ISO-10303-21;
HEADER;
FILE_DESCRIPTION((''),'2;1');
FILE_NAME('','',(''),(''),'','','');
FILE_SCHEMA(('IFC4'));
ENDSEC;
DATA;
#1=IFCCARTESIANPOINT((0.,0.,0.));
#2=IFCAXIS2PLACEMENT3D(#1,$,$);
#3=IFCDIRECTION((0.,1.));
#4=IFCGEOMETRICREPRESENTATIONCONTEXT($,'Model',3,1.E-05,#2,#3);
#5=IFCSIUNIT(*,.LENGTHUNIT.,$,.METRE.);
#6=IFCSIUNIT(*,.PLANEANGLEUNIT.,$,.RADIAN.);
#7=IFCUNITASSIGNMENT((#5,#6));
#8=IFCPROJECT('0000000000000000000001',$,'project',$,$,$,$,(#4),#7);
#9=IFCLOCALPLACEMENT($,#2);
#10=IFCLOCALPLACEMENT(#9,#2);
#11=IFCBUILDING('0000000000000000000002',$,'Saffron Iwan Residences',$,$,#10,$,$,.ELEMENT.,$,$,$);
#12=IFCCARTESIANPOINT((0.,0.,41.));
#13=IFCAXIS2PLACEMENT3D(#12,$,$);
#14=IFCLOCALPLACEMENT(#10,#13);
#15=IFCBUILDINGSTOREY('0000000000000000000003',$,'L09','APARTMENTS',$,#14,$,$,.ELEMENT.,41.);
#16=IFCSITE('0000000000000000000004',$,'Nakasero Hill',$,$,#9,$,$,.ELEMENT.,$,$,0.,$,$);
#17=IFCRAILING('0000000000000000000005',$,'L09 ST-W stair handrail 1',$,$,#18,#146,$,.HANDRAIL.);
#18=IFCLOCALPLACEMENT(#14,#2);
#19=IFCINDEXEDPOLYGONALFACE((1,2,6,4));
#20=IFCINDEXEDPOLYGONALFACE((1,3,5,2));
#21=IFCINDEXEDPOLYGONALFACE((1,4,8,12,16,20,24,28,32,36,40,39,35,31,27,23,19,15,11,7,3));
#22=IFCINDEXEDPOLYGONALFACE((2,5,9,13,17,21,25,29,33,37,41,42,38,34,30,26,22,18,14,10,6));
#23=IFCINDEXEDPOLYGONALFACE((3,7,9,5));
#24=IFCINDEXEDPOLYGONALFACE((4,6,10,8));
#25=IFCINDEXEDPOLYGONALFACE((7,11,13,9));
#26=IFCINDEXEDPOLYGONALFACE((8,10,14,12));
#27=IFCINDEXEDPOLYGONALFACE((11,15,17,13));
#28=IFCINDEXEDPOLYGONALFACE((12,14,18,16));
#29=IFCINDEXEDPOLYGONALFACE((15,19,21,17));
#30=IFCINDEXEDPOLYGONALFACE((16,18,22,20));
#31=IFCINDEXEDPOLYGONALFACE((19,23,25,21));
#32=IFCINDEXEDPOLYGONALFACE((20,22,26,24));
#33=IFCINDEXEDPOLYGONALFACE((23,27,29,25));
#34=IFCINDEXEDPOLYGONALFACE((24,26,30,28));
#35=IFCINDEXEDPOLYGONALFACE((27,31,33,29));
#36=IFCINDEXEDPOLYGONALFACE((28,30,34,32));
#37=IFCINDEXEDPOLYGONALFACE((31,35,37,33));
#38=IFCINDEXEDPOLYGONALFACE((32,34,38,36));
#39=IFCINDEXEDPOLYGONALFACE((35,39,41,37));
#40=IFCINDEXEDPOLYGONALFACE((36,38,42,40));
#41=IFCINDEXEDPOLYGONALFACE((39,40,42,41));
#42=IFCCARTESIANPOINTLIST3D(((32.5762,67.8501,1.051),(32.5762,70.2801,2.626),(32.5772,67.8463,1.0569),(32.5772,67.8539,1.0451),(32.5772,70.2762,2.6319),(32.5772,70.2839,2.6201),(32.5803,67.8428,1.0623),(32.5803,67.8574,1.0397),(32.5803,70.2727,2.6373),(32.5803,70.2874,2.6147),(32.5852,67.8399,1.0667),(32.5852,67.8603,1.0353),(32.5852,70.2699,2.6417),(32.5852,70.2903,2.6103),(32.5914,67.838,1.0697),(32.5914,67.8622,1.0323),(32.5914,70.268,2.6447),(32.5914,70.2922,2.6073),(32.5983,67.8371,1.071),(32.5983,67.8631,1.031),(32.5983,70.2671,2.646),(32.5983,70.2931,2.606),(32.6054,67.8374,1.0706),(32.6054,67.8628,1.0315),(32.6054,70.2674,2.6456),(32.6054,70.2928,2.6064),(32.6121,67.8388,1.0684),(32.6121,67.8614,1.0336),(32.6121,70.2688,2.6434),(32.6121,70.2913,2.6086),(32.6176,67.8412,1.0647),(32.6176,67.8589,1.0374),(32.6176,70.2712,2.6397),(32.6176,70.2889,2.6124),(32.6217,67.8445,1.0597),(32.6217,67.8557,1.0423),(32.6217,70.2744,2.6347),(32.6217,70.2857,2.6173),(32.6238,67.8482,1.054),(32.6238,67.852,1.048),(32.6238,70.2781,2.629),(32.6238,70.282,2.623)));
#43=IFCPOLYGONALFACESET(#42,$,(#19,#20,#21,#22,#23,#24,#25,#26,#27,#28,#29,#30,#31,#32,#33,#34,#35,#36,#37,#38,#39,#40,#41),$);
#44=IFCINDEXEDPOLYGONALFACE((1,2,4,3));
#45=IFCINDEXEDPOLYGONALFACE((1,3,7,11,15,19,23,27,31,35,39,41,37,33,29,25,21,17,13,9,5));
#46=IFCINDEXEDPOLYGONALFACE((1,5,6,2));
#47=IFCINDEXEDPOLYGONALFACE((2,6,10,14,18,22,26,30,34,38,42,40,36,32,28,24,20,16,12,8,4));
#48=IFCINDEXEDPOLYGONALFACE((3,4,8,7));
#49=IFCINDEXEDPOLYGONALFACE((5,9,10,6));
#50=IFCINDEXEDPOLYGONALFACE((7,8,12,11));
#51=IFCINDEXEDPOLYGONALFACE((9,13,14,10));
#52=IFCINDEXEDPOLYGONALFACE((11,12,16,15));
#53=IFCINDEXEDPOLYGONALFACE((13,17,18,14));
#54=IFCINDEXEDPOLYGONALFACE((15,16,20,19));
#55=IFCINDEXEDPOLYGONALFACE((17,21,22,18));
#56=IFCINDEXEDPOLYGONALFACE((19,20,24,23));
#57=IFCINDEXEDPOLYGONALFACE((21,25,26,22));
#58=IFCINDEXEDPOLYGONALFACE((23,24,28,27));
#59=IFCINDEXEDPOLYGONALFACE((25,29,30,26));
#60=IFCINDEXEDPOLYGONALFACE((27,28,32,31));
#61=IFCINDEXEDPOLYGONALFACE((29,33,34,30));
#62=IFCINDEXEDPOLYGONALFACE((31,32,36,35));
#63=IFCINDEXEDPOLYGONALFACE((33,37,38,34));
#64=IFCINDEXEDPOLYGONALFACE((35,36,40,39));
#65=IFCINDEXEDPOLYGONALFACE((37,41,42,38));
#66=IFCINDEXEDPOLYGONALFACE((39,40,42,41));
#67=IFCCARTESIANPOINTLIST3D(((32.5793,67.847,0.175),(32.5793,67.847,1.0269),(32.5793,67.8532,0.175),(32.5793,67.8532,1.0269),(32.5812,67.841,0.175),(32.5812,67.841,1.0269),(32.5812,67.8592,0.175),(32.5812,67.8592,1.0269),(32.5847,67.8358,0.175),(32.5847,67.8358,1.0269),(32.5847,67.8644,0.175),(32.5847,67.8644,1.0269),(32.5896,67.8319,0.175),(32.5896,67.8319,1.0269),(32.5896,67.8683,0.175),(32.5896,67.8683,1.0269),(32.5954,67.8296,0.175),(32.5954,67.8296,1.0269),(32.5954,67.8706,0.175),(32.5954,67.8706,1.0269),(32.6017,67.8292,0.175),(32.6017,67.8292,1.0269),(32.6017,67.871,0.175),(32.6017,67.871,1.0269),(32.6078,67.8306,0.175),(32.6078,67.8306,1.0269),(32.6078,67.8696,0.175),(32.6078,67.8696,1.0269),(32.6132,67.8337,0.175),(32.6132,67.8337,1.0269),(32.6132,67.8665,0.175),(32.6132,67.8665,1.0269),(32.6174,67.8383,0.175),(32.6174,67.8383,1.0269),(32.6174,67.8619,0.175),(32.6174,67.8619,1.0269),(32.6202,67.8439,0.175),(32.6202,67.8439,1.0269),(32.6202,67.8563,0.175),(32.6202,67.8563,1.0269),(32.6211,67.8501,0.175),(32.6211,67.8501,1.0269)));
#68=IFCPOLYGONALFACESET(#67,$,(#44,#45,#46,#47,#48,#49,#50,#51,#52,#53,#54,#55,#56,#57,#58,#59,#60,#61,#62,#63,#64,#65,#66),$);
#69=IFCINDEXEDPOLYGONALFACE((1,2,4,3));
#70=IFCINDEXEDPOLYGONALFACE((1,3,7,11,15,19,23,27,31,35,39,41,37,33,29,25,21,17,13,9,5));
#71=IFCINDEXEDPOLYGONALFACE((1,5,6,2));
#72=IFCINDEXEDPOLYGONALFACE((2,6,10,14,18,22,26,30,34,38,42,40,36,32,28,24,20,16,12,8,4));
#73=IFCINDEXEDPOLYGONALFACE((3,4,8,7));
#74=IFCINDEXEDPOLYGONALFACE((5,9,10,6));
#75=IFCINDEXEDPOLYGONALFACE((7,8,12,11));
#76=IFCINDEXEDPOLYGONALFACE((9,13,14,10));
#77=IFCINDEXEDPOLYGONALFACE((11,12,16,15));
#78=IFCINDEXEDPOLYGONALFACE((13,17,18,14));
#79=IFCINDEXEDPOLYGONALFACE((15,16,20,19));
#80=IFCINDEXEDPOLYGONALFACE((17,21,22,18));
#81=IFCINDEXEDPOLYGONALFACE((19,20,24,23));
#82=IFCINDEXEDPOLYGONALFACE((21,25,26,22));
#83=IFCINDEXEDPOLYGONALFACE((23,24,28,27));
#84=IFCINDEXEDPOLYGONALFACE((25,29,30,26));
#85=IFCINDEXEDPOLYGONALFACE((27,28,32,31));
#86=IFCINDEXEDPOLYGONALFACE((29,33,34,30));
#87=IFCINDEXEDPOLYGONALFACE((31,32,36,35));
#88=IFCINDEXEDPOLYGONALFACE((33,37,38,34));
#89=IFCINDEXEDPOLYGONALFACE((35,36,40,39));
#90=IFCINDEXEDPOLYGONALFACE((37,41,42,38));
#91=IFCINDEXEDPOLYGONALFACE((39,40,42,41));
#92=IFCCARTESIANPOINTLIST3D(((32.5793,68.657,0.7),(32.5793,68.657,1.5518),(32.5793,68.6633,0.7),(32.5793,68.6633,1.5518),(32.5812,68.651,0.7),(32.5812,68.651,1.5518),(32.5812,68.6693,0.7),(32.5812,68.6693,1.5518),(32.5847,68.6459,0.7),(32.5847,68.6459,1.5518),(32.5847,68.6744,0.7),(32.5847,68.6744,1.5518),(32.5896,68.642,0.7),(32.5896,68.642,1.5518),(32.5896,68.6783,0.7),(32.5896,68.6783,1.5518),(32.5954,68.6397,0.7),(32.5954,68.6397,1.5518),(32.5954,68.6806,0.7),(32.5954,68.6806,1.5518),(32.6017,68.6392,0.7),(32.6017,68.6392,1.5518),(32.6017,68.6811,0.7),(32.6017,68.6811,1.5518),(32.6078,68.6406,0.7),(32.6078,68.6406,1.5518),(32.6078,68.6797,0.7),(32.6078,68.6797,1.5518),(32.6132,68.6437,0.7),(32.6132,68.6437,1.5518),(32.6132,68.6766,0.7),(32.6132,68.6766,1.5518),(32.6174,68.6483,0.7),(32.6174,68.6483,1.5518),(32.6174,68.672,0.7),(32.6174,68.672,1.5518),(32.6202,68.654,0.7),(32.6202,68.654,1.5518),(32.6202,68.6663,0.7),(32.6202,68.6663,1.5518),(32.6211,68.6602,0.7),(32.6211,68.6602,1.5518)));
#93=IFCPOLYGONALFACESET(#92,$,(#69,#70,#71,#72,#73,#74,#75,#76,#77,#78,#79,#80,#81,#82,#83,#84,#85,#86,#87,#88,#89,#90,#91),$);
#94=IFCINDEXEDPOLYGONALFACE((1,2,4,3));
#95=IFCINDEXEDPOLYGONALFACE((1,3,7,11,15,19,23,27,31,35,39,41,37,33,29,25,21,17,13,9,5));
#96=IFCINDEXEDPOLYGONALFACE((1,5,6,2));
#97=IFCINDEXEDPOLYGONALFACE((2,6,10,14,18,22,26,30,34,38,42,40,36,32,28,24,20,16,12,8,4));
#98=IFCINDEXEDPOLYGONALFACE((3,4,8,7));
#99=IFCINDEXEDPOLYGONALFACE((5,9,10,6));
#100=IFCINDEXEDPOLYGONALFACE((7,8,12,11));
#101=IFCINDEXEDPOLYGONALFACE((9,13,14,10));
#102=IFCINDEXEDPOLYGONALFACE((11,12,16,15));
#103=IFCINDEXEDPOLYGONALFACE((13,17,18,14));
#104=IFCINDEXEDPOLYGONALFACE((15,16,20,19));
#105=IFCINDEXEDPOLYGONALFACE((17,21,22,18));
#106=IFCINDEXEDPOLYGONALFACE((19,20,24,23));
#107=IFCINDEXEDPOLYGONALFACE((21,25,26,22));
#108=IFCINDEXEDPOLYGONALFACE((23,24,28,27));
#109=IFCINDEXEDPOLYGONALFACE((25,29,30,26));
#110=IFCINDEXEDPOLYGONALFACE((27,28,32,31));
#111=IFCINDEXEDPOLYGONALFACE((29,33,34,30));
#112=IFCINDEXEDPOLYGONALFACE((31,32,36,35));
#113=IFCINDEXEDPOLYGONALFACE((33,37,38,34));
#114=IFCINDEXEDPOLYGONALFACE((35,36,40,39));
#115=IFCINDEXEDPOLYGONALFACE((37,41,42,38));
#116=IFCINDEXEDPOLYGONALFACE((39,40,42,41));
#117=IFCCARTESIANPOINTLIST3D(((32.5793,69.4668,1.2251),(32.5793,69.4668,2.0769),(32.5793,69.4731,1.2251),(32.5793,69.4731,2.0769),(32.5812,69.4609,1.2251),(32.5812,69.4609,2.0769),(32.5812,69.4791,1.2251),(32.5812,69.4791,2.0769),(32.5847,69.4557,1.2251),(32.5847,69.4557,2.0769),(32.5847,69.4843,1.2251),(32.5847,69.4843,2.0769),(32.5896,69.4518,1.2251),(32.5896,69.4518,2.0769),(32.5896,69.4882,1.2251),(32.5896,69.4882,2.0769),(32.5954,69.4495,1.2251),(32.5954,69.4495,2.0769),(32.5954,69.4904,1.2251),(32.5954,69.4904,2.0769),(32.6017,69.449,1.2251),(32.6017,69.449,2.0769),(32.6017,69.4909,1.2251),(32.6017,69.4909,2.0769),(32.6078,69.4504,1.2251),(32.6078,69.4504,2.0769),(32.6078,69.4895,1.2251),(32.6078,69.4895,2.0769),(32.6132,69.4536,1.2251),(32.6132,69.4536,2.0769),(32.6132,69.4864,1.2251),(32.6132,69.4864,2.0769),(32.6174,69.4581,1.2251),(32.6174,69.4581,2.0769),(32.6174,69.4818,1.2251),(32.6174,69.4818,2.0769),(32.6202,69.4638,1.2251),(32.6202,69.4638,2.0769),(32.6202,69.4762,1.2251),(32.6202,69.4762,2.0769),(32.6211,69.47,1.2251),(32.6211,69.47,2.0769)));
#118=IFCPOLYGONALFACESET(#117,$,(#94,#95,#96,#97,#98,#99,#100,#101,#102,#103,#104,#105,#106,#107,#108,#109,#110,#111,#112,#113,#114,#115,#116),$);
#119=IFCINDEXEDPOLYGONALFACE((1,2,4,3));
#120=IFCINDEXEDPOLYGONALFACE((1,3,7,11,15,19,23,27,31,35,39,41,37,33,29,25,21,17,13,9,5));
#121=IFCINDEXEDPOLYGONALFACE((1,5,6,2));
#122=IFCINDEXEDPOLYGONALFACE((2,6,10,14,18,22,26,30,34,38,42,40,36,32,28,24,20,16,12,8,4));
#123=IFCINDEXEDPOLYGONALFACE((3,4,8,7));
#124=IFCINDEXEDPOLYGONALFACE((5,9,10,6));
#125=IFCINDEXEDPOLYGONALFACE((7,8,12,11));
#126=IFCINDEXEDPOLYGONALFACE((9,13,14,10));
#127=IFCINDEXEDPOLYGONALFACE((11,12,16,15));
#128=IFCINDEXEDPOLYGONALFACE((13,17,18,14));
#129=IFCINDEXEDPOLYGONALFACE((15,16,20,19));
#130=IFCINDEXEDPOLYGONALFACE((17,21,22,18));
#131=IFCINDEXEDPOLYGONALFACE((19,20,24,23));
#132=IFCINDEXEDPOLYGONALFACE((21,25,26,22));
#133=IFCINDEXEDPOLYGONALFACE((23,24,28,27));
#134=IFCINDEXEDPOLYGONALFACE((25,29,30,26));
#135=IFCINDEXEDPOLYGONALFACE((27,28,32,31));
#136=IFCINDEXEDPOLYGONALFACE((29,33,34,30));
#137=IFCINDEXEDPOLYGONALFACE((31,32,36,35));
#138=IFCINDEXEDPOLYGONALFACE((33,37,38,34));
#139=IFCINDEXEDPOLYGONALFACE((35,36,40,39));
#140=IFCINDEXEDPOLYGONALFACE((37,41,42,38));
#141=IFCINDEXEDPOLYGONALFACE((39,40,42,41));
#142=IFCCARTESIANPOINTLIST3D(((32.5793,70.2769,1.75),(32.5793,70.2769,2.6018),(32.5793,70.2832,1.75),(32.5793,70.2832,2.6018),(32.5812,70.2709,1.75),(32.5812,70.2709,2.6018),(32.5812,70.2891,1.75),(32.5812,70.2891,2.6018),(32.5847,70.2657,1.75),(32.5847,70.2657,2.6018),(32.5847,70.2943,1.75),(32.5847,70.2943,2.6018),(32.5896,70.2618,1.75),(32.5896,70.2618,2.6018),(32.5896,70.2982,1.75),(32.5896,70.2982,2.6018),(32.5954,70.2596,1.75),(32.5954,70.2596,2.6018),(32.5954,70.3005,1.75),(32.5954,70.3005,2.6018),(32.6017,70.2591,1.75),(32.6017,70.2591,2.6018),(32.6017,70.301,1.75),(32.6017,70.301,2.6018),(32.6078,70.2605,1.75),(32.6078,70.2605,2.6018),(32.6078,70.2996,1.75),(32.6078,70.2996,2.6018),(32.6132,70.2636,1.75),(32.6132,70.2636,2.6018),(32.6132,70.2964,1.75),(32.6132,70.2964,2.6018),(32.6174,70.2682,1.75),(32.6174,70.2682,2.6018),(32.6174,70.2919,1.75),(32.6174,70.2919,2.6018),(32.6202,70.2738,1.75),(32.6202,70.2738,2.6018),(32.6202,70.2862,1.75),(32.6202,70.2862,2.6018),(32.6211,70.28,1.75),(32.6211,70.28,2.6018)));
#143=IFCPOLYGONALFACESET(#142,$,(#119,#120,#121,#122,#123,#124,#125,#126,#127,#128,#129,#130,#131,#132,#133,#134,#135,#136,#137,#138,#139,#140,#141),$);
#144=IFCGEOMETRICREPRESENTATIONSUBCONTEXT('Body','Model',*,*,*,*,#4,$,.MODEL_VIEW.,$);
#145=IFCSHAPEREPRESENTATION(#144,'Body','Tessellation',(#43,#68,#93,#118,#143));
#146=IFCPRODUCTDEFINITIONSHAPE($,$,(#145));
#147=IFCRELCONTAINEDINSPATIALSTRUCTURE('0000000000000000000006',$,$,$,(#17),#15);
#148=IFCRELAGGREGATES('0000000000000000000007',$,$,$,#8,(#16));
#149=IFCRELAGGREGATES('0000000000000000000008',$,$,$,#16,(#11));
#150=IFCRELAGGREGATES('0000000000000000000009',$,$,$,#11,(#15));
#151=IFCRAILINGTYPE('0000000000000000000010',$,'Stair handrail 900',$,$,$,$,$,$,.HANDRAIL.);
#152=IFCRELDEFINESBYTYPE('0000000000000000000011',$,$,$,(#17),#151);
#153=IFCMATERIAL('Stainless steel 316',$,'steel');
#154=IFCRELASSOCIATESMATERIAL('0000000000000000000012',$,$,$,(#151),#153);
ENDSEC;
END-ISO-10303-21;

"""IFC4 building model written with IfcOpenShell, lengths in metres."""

from ifc_helpers import new_model, si_unit, direction, frame, origin, origin_2d, place, context, subcontext, project, spatial, circle, extrude, material, type_object, element, save


model = new_model("IFC4")

# Units and contexts
model_context = context("Model", 3, precision=1e-05, world=origin(), true_north=direction((0.0, 1.0)))
body_context = subcontext(model_context, "Body", "Model", "MODEL_VIEW")
ifc_project = project(units=[si_unit("LENGTHUNIT", "METRE"), si_unit("PLANEANGLEUNIT", "RADIAN")], contexts=[model_context])

# Site, building, storey
site_placement = place(None, origin())
site = spatial("IfcSite", under=ifc_project, at=site_placement, Name="Nakasero Hill", CompositionType="ELEMENT", RefElevation=0.0)
building_placement = place(site_placement, origin())
building = spatial("IfcBuilding", under=site, at=building_placement, Name="Saffron Iwan Residences", CompositionType="ELEMENT")
storey_placement = place(building_placement, frame((0.0, 0.0, 41.0)))
storey = spatial("IfcBuildingStorey", under=building, at=storey_placement, Name="L09", Description="APARTMENTS", CompositionType="ELEMENT", Elevation=41.0)

# Railing
ifc_material_1 = material(Name="Stainless steel 316", Category="steel")
railing_type_1 = type_object("IfcRailingType", Name="Stair handrail 900", PredefinedType="HANDRAIL", material=ifc_material_1)
railing_1_placement = place(storey_placement, frame((32.6001, 67.8501, 0.175)))
element("IfcRailing", 1, at=railing_1_placement, inside=storey, type_object=railing_type_1, Name="L09 ST-W stair handrail 1", PredefinedType="HANDRAIL", context=body_context, shape_type="SweptSolid", body=[
    extrude(circle(Radius=0.0239, at=origin_2d()), frame((0.0, 0.0, 0.876), z_axis=(0.0, 0.839154, 0.543894), x_axis=(-1.0, 0.0, 0.0)), (0.0, 0.0, 1.0), 2.8958),
    extrude(circle(Radius=0.021, at=origin_2d()), origin(), (0.0, 0.0, 1.0), 0.8518),
    extrude(circle(Radius=0.021, at=origin_2d()), frame((0.0, 0.8101, 0.5249)), (0.0, 0.0, 1.0), 0.8518),
    extrude(circle(Radius=0.021, at=origin_2d()), frame((0.0, 1.6199, 1.05)), (0.0, 0.0, 1.0), 0.8518),
    extrude(circle(Radius=0.021, at=origin_2d()), frame((0.0, 2.4299, 1.575)), (0.0, 0.0, 1.0), 0.8518),
])

save(model, "model.ifc")
